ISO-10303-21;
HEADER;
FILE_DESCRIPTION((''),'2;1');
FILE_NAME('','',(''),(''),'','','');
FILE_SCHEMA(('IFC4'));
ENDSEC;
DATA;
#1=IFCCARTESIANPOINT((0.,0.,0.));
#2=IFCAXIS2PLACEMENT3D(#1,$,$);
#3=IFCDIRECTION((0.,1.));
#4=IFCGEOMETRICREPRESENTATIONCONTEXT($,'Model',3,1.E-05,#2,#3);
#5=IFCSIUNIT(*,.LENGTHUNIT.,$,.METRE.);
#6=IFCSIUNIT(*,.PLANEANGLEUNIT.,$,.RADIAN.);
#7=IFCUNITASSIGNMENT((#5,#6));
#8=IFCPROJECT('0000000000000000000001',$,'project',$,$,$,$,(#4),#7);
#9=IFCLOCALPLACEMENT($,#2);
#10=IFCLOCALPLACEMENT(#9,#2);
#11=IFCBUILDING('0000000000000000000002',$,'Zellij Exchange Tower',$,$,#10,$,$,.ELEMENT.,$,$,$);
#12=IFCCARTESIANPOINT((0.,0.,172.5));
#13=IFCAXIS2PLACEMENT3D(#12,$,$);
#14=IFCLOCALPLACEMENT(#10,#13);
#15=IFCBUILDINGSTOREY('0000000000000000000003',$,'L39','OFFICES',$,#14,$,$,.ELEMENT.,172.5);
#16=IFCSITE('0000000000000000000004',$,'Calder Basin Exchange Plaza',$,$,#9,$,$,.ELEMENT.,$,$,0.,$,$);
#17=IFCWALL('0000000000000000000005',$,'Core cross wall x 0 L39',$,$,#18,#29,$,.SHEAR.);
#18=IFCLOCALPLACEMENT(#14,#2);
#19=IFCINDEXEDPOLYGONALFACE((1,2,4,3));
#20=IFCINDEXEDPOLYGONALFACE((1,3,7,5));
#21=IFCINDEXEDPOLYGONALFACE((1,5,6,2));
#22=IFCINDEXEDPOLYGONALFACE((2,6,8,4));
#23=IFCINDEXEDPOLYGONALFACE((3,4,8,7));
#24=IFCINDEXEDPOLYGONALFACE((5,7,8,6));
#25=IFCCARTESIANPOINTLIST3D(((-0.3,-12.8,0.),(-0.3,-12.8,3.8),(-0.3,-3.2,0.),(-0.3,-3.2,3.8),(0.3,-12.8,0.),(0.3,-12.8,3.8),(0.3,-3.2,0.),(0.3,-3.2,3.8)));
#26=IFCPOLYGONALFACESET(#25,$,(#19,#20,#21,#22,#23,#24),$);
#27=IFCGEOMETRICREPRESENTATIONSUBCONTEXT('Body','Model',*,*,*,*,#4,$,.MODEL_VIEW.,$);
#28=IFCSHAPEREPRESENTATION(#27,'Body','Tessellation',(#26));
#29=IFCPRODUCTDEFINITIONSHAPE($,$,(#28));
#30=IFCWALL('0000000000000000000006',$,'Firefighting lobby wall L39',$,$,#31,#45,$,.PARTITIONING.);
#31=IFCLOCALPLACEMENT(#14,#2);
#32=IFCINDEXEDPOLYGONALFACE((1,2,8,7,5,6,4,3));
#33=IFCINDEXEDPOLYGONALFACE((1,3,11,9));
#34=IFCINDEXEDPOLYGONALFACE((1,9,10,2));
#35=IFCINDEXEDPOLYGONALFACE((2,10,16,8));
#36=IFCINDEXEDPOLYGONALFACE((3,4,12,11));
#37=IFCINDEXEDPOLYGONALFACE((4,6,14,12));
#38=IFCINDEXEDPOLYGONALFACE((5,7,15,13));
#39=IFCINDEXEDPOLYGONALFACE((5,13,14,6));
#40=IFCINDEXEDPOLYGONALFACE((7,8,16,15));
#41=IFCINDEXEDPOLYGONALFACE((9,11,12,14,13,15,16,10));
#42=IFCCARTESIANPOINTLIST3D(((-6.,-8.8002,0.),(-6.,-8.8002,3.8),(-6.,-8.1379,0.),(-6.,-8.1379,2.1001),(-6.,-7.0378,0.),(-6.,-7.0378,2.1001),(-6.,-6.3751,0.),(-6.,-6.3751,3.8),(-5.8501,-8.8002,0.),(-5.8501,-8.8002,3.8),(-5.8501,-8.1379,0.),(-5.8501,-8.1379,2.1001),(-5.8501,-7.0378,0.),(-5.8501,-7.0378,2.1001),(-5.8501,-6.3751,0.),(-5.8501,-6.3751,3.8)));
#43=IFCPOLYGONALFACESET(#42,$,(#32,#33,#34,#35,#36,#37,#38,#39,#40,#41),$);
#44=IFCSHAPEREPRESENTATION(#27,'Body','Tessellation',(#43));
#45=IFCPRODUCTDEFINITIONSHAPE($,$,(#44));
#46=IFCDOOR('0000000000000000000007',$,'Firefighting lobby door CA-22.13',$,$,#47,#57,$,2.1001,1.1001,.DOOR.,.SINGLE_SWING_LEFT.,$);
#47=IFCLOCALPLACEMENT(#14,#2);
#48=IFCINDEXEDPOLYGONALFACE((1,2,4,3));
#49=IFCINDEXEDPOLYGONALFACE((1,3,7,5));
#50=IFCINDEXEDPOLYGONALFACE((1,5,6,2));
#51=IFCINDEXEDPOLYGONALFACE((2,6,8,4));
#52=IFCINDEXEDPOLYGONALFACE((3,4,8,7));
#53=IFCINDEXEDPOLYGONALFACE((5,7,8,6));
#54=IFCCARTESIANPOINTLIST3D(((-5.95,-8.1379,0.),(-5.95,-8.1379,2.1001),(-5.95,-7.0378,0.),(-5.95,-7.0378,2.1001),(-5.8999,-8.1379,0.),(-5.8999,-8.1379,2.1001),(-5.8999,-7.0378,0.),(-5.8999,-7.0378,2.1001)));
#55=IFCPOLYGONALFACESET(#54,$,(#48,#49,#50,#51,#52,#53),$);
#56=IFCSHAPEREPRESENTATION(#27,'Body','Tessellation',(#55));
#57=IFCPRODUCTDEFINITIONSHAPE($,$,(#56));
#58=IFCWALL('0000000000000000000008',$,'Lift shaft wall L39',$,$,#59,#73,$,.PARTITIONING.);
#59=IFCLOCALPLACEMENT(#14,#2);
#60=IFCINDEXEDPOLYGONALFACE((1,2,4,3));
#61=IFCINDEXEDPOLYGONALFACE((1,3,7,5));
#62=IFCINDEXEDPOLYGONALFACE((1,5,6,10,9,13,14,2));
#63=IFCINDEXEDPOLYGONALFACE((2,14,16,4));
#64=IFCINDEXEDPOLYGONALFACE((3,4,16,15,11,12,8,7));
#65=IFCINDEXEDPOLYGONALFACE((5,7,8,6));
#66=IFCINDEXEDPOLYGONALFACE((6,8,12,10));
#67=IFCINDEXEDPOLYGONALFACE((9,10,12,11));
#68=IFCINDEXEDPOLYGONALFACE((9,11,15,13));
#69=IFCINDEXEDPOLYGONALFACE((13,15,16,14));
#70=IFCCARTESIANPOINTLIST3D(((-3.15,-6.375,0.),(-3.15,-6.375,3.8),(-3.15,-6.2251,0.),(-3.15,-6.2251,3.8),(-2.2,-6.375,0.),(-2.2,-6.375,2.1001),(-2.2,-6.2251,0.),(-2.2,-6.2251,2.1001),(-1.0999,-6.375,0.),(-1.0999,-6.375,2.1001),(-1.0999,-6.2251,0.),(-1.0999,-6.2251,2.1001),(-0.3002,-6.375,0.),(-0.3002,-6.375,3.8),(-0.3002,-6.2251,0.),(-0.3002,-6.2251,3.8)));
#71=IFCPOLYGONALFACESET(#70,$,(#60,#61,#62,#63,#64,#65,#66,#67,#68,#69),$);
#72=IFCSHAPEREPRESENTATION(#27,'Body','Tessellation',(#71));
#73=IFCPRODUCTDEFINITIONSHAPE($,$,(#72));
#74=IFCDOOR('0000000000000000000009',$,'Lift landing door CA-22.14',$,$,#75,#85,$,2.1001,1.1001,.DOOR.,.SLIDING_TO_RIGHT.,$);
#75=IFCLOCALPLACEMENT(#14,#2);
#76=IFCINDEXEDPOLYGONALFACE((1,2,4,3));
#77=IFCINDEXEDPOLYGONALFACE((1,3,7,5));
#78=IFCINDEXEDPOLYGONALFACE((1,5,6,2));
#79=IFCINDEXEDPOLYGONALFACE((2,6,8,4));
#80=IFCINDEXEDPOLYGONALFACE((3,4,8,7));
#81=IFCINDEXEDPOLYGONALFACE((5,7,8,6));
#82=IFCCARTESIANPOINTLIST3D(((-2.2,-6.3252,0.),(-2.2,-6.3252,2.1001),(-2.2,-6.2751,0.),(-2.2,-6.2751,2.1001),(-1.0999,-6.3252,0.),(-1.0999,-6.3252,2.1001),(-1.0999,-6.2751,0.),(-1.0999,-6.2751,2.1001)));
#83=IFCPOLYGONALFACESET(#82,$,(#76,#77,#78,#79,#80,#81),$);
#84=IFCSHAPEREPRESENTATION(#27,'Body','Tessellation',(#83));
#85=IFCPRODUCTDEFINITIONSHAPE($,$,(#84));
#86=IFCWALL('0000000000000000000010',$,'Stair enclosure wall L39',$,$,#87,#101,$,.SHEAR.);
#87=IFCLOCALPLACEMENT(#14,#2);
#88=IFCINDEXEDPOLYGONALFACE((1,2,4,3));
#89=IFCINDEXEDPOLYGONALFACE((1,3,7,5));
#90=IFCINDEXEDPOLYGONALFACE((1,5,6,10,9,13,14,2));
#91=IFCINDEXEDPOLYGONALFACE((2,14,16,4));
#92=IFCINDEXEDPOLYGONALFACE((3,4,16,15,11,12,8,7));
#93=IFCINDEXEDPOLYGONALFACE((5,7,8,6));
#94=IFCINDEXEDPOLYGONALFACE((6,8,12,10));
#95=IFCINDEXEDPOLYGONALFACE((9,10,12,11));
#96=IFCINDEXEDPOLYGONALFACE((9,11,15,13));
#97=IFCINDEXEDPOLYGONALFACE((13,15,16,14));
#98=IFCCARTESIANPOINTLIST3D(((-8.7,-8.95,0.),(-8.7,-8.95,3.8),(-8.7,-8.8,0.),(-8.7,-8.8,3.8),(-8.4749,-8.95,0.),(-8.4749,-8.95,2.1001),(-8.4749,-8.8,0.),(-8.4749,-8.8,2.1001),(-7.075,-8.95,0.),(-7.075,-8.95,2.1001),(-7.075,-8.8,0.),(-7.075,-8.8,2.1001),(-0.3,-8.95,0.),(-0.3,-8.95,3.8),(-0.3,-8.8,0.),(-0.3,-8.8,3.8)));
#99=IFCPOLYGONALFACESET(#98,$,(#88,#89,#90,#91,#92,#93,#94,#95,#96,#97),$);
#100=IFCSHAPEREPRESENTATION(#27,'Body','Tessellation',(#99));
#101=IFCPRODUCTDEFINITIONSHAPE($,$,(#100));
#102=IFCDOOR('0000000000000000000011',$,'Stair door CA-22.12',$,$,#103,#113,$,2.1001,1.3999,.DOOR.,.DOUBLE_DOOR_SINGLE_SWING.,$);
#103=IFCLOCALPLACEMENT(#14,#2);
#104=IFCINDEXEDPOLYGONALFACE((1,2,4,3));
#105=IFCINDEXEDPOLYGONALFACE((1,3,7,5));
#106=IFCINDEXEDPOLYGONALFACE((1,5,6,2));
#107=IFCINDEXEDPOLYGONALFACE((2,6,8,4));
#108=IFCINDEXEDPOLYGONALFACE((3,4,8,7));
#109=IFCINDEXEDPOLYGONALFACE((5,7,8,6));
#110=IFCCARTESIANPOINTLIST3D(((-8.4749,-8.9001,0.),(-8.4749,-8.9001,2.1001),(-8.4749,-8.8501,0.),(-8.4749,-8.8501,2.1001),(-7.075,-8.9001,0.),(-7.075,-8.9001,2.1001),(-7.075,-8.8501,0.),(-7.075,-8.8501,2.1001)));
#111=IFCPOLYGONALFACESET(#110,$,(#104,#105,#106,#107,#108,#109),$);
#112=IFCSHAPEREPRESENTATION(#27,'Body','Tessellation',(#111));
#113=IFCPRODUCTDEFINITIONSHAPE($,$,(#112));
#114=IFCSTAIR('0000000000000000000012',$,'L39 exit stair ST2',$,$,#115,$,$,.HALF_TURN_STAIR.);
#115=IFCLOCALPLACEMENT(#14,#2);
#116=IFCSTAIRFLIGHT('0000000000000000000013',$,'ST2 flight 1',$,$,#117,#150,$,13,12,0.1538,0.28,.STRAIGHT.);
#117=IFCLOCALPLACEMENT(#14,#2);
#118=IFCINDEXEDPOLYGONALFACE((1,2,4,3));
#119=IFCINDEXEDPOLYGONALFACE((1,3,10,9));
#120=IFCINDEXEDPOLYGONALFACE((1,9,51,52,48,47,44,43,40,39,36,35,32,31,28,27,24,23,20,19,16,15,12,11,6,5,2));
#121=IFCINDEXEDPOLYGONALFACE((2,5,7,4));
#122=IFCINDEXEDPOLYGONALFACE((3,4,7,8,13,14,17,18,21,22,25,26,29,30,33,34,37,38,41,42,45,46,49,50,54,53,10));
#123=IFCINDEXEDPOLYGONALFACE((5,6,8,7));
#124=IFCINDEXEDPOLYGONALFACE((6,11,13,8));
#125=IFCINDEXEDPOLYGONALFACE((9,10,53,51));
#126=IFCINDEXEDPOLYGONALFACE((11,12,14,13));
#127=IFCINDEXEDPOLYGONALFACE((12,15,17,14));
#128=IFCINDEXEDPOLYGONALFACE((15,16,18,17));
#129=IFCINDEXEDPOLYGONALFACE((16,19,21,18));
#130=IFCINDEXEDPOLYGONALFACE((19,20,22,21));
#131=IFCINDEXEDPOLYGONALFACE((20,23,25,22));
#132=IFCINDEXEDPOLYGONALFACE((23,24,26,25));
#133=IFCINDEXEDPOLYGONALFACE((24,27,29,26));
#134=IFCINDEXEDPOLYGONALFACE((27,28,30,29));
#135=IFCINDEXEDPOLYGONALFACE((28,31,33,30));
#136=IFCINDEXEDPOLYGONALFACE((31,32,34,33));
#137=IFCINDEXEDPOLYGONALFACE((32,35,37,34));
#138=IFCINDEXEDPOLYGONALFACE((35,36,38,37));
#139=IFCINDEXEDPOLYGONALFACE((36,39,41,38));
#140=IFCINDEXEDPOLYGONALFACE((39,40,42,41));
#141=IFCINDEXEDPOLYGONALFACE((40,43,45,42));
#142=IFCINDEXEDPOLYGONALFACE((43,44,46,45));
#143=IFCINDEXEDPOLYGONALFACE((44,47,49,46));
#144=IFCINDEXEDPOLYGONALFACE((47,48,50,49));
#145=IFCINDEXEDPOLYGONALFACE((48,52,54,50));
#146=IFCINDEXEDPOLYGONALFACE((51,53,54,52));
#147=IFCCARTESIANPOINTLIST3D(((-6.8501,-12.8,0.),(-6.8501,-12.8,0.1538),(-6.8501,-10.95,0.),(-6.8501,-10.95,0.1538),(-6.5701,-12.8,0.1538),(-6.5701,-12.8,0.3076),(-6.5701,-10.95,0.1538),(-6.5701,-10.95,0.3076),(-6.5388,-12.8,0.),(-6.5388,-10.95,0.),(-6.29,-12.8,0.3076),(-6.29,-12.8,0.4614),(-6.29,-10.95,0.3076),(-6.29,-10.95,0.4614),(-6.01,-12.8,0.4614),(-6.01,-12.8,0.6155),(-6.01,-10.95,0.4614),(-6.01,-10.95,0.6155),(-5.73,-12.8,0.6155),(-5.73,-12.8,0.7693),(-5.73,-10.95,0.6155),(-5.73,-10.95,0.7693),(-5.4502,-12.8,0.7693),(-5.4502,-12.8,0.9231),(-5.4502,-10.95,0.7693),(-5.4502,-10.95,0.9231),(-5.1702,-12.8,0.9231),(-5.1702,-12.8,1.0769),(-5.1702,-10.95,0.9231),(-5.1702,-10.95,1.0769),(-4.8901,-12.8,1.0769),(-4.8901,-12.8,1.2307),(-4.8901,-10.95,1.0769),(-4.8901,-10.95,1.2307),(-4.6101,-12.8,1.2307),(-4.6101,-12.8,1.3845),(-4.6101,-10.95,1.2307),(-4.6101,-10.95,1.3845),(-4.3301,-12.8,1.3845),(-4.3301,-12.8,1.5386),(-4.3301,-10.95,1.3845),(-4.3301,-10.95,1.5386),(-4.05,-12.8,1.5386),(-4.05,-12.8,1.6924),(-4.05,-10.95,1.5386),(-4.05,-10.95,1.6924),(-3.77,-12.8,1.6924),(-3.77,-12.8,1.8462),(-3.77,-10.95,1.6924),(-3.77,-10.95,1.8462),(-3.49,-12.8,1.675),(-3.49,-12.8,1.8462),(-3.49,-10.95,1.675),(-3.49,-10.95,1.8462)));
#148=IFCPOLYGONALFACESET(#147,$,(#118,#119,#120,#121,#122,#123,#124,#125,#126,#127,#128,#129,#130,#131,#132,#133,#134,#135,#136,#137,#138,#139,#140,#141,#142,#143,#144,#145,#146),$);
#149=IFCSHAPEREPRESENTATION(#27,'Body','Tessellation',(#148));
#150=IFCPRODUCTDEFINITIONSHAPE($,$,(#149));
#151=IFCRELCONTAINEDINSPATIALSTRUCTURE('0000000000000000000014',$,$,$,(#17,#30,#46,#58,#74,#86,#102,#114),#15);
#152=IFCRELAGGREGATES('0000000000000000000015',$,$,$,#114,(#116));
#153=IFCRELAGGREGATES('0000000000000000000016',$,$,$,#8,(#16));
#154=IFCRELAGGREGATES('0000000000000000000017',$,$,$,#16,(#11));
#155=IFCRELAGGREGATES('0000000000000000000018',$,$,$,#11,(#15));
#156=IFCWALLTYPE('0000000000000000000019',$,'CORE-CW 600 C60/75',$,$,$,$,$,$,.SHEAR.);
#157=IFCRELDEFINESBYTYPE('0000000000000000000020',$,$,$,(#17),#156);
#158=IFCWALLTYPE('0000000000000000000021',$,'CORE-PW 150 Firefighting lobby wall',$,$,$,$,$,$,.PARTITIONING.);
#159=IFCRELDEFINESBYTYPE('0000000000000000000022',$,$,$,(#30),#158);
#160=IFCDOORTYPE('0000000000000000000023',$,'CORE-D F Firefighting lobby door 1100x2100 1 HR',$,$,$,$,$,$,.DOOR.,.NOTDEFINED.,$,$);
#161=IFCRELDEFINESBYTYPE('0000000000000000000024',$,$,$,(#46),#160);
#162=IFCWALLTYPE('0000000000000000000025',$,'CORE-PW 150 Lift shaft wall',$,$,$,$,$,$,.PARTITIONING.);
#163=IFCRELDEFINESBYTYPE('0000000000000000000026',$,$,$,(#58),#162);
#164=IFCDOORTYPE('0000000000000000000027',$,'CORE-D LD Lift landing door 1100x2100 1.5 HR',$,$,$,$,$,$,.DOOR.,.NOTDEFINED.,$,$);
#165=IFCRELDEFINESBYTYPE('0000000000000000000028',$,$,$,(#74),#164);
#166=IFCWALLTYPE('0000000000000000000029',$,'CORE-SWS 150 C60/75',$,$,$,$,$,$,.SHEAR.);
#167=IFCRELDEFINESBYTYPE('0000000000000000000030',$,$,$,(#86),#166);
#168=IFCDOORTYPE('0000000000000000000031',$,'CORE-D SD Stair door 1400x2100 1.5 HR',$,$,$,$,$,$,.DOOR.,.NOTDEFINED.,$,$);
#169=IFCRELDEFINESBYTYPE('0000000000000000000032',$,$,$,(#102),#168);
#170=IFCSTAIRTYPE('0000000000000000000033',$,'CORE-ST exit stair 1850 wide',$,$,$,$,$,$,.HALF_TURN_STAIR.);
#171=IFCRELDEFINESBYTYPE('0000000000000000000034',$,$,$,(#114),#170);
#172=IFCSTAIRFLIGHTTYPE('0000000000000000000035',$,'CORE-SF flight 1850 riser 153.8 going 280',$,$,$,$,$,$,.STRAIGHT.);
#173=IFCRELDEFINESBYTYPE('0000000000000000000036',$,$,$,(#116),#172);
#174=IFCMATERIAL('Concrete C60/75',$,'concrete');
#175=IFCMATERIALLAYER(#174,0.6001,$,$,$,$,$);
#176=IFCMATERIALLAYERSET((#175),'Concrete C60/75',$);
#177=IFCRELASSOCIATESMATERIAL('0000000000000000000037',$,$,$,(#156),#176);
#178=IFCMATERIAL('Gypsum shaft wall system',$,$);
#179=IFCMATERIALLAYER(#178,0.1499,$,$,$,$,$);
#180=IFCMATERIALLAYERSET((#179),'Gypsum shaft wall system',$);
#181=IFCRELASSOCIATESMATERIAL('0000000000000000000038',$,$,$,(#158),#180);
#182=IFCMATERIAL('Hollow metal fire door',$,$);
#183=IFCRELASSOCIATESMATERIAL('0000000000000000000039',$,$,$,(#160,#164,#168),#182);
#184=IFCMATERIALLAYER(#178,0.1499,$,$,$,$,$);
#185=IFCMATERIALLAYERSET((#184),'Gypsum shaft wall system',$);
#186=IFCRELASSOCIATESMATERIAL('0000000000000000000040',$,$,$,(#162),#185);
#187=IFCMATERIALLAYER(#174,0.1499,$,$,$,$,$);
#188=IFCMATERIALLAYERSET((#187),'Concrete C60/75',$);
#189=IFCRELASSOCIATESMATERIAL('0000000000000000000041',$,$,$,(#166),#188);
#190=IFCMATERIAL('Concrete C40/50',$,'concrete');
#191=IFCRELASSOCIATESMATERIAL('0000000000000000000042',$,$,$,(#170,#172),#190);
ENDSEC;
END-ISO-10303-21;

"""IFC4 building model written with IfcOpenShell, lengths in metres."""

from ifc_helpers import new_model, si_unit, direction, frame, frame_2d, origin, place, context, subcontext, project, spatial, polyline, rectangle, outline, extrude, material, layer, layer_set, type_object, element, fill, aggregate, save


model = new_model("IFC4")

# Units and contexts
model_context = context("Model", 3, precision=1e-05, world=origin(), true_north=direction((0.0, 1.0)))
body_context = subcontext(model_context, "Body", "Model", "MODEL_VIEW")
ifc_project = project(units=[si_unit("LENGTHUNIT", "METRE"), si_unit("PLANEANGLEUNIT", "RADIAN")], contexts=[model_context])

# Site, building, storey
site_placement = place(None, origin())
site = spatial("IfcSite", under=ifc_project, at=site_placement, Name="Calder Basin Exchange Plaza", CompositionType="ELEMENT", RefElevation=0.0)
building_placement = place(site_placement, origin())
building = spatial("IfcBuilding", under=site, at=building_placement, Name="Zellij Exchange Tower", CompositionType="ELEMENT")
storey_placement = place(building_placement, frame((0.0, 0.0, 172.5)))
storey = spatial("IfcBuildingStorey", under=building, at=storey_placement, Name="L39", Description="OFFICES", CompositionType="ELEMENT", Elevation=172.5)

# Wall
ifc_material_1 = material(Name="Concrete C60/75", Category="concrete")
ifc_layer_1 = layer(ifc_material_1, 0.6001)
ifc_layer_set_1 = layer_set([ifc_layer_1], Name="Concrete C60/75")
wall_type_1 = type_object("IfcWallType", Name="CORE-CW 600 C60/75", PredefinedType="SHEAR", material=ifc_layer_set_1)
wall_1_placement = place(storey_placement, frame((0.0, -12.8, 0.0), z_axis=(0.0, 0.0, 1.0), x_axis=(0.0, 1.0, 0.0)))
element("IfcWall", 1, at=wall_1_placement, inside=storey, type_object=wall_type_1, Name="Core cross wall x 0 L39", PredefinedType="SHEAR", context=body_context, shape_type="SweptSolid", body=[
    extrude(rectangle(XDim=9.6001, YDim=0.6001, at=frame_2d((4.8, 0.0))), origin(), (0.0, 0.0, 1.0), 3.8),
])

# Walls, openings, doors
ifc_material_2 = material(Name="Gypsum shaft wall system")
ifc_layer_2 = layer(ifc_material_2, 0.1499)
ifc_layer_set_2 = layer_set([ifc_layer_2], Name="Gypsum shaft wall system")
wall_type_2 = type_object("IfcWallType", Name="CORE-PW 150 Firefighting lobby wall", PredefinedType="PARTITIONING", material=ifc_layer_set_2)
wall_2_placement = place(storey_placement, frame((-5.925, -8.8, 0.0), z_axis=(0.0, 0.0, 1.0), x_axis=(0.0, 1.0, 0.0)))
wall_2 = element("IfcWall", 2, at=wall_2_placement, inside=storey, type_object=wall_type_2, Name="Firefighting lobby wall L39", PredefinedType="PARTITIONING", context=body_context, shape_type="SweptSolid", body=[
    extrude(rectangle(XDim=2.425, YDim=0.1499, at=frame_2d((1.2124, 0.0))), origin(), (0.0, 0.0, 1.0), 3.8),
])
opening_1_placement = place(wall_2_placement, frame((0.6621, 0.0, 0.0)))
opening_1 = element("IfcOpeningElement", 3, at=opening_1_placement, cuts=wall_2, PredefinedType="OPENING", context=body_context, shape_type="SweptSolid", body=[
    extrude(rectangle(XDim=1.1001, YDim=2.1001, at=frame_2d((0.55, 1.05))), frame((0.0, 0.0869, 0.0), z_axis=(0.0, -1.0, 0.0), x_axis=(1.0, 0.0, 0.0)), (0.0, 0.0, 1.0), 0.1738),
])
ifc_material_3 = material(Name="Hollow metal fire door")
door_type_1 = type_object("IfcDoorType", Name="CORE-D F Firefighting lobby door 1100x2100 1 HR", OperationType="NOTDEFINED", PredefinedType="DOOR", material=ifc_material_3)
door_1_placement = place(opening_1_placement, origin())
door_1 = element("IfcDoor", 4, at=door_1_placement, inside=storey, type_object=door_type_1, Name="Firefighting lobby door CA-22.13", OperationType="SINGLE_SWING_LEFT", OverallHeight=2.1001, OverallWidth=1.1001, PredefinedType="DOOR", context=body_context, shape_type="SweptSolid", body=[
    extrude(rectangle(XDim=1.1001, YDim=2.1001, at=frame_2d((0.55, 1.05))), frame((0.0, 0.0249, 0.0), z_axis=(0.0, -1.0, 0.0), x_axis=(1.0, 0.0, 0.0)), (0.0, 0.0, 1.0), 0.05),
])
fill(opening_1, door_1)
ifc_layer_3 = layer(ifc_material_2, 0.1499)
ifc_layer_set_3 = layer_set([ifc_layer_3], Name="Gypsum shaft wall system")
wall_type_3 = type_object("IfcWallType", Name="CORE-PW 150 Lift shaft wall", PredefinedType="PARTITIONING", material=ifc_layer_set_3)
wall_3_placement = place(storey_placement, frame((-3.1499, -6.3, 0.0), z_axis=(0.0, 0.0, 1.0), x_axis=(1.0, 0.0, 0.0)))
wall_3 = element("IfcWall", 5, at=wall_3_placement, inside=storey, type_object=wall_type_3, Name="Lift shaft wall L39", PredefinedType="PARTITIONING", context=body_context, shape_type="SweptSolid", body=[
    extrude(rectangle(XDim=2.8499, YDim=0.1499, at=frame_2d((1.4248, 0.0))), origin(), (0.0, 0.0, 1.0), 3.8),
])
opening_2_placement = place(wall_3_placement, frame((0.95, 0.0, 0.0)))
opening_2 = element("IfcOpeningElement", 6, at=opening_2_placement, cuts=wall_3, PredefinedType="OPENING", context=body_context, shape_type="SweptSolid", body=[
    extrude(rectangle(XDim=1.1001, YDim=2.1001, at=frame_2d((0.55, 1.05))), frame((0.0, 0.0869, 0.0), z_axis=(0.0, -1.0, 0.0), x_axis=(1.0, 0.0, 0.0)), (0.0, 0.0, 1.0), 0.1738),
])
door_type_2 = type_object("IfcDoorType", Name="CORE-D LD Lift landing door 1100x2100 1.5 HR", OperationType="NOTDEFINED", PredefinedType="DOOR", material=ifc_material_3)
door_2_placement = place(opening_2_placement, origin())
door_2 = element("IfcDoor", 7, at=door_2_placement, inside=storey, type_object=door_type_2, Name="Lift landing door CA-22.14", OperationType="SLIDING_TO_RIGHT", OverallHeight=2.1001, OverallWidth=1.1001, PredefinedType="DOOR", context=body_context, shape_type="SweptSolid", body=[
    extrude(rectangle(XDim=1.1001, YDim=2.1001, at=frame_2d((0.55, 1.05))), frame((0.0, 0.0249, 0.0), z_axis=(0.0, -1.0, 0.0), x_axis=(1.0, 0.0, 0.0)), (0.0, 0.0, 1.0), 0.05),
])
fill(opening_2, door_2)
ifc_layer_4 = layer(ifc_material_1, 0.1499)
ifc_layer_set_4 = layer_set([ifc_layer_4], Name="Concrete C60/75")
wall_type_4 = type_object("IfcWallType", Name="CORE-SWS 150 C60/75", PredefinedType="SHEAR", material=ifc_layer_set_4)
wall_4_placement = place(storey_placement, frame((-8.7, -8.875, 0.0), z_axis=(0.0, 0.0, 1.0), x_axis=(1.0, 0.0, 0.0)))
wall_4 = element("IfcWall", 8, at=wall_4_placement, inside=storey, type_object=wall_type_4, Name="Stair enclosure wall L39", PredefinedType="SHEAR", context=body_context, shape_type="SweptSolid", body=[
    extrude(rectangle(XDim=8.3999, YDim=0.1499, at=frame_2d((4.2, 0.0))), origin(), (0.0, 0.0, 1.0), 3.8),
])
opening_3_placement = place(wall_4_placement, frame((0.2251, 0.0, 0.0)))
opening_3 = element("IfcOpeningElement", 9, at=opening_3_placement, cuts=wall_4, PredefinedType="OPENING", context=body_context, shape_type="SweptSolid", body=[
    extrude(rectangle(XDim=1.3999, YDim=2.1001, at=frame_2d((0.7, 1.05))), frame((0.0, 0.0869, 0.0), z_axis=(0.0, -1.0, 0.0), x_axis=(1.0, 0.0, 0.0)), (0.0, 0.0, 1.0), 0.1738),
])
door_type_3 = type_object("IfcDoorType", Name="CORE-D SD Stair door 1400x2100 1.5 HR", OperationType="NOTDEFINED", PredefinedType="DOOR", material=ifc_material_3)
door_3_placement = place(opening_3_placement, origin())
door_3 = element("IfcDoor", 10, at=door_3_placement, inside=storey, type_object=door_type_3, Name="Stair door CA-22.12", OperationType="DOUBLE_DOOR_SINGLE_SWING", OverallHeight=2.1001, OverallWidth=1.3999, PredefinedType="DOOR", context=body_context, shape_type="SweptSolid", body=[
    extrude(rectangle(XDim=1.3999, YDim=2.1001, at=frame_2d((0.7, 1.05))), frame((0.0, 0.0249, 0.0), z_axis=(0.0, -1.0, 0.0), x_axis=(1.0, 0.0, 0.0)), (0.0, 0.0, 1.0), 0.05),
])
fill(opening_3, door_3)

# Stair, stair flight
ifc_material_4 = material(Name="Concrete C40/50", Category="concrete")
stair_type = type_object("IfcStairType", Name="CORE-ST exit stair 1850 wide", PredefinedType="HALF_TURN_STAIR", material=ifc_material_4)
stair_placement = place(storey_placement, origin())
stair = element("IfcStair", 11, at=stair_placement, inside=storey, type_object=stair_type, Name="L39 exit stair ST2", PredefinedType="HALF_TURN_STAIR")
stair_flight_type = type_object("IfcStairFlightType", Name="CORE-SF flight 1850 riser 153.8 going 280", PredefinedType="STRAIGHT", material=ifc_material_4)
stair_flight_1_placement = place(storey_placement, frame((-6.8501, -11.875, 0.0), z_axis=(0.0, 0.0, 1.0), x_axis=(1.0, 0.0, 0.0)))
stair_flight_1 = element("IfcStairFlight", 12, at=stair_flight_1_placement, type_object=stair_flight_type, Name="ST2 flight 1", NumberOfRisers=13, NumberOfTreads=12, PredefinedType="STRAIGHT", RiserHeight=0.1538, TreadLength=0.28, context=body_context, shape_type="SweptSolid", body=[
    extrude(outline(polyline([(0.0, 0.0), (0.0, 0.1538), (0.28, 0.1538), (0.28, 0.3076), (0.5601, 0.3076), (0.5601, 0.4614), (0.8401, 0.4614), (0.8401, 0.6155), (1.1201, 0.6155), (1.1201, 0.7693), (1.3999, 0.7693), (1.3999, 0.9231), (1.6799, 0.9231), (1.6799, 1.0769), (1.96, 1.0769), (1.96, 1.2307), (2.24, 1.2307), (2.24, 1.3845), (2.52, 1.3845), (2.52, 1.5386), (2.8, 1.5386), (2.8, 1.6924), (3.0801, 1.6924), (3.0801, 1.8462), (3.3601, 1.8462), (3.3601, 2.0), (3.3601, 1.675), (0.3113, 0.0), (0.0, 0.0)])), frame((0.0, 0.925, 0.0), z_axis=(0.0, -1.0, 0.0), x_axis=(1.0, 0.0, 0.0)), (0.0, 0.0, 1.0), 1.8501),
])
aggregate(stair, [stair_flight_1])

save(model, "model.ifc")
